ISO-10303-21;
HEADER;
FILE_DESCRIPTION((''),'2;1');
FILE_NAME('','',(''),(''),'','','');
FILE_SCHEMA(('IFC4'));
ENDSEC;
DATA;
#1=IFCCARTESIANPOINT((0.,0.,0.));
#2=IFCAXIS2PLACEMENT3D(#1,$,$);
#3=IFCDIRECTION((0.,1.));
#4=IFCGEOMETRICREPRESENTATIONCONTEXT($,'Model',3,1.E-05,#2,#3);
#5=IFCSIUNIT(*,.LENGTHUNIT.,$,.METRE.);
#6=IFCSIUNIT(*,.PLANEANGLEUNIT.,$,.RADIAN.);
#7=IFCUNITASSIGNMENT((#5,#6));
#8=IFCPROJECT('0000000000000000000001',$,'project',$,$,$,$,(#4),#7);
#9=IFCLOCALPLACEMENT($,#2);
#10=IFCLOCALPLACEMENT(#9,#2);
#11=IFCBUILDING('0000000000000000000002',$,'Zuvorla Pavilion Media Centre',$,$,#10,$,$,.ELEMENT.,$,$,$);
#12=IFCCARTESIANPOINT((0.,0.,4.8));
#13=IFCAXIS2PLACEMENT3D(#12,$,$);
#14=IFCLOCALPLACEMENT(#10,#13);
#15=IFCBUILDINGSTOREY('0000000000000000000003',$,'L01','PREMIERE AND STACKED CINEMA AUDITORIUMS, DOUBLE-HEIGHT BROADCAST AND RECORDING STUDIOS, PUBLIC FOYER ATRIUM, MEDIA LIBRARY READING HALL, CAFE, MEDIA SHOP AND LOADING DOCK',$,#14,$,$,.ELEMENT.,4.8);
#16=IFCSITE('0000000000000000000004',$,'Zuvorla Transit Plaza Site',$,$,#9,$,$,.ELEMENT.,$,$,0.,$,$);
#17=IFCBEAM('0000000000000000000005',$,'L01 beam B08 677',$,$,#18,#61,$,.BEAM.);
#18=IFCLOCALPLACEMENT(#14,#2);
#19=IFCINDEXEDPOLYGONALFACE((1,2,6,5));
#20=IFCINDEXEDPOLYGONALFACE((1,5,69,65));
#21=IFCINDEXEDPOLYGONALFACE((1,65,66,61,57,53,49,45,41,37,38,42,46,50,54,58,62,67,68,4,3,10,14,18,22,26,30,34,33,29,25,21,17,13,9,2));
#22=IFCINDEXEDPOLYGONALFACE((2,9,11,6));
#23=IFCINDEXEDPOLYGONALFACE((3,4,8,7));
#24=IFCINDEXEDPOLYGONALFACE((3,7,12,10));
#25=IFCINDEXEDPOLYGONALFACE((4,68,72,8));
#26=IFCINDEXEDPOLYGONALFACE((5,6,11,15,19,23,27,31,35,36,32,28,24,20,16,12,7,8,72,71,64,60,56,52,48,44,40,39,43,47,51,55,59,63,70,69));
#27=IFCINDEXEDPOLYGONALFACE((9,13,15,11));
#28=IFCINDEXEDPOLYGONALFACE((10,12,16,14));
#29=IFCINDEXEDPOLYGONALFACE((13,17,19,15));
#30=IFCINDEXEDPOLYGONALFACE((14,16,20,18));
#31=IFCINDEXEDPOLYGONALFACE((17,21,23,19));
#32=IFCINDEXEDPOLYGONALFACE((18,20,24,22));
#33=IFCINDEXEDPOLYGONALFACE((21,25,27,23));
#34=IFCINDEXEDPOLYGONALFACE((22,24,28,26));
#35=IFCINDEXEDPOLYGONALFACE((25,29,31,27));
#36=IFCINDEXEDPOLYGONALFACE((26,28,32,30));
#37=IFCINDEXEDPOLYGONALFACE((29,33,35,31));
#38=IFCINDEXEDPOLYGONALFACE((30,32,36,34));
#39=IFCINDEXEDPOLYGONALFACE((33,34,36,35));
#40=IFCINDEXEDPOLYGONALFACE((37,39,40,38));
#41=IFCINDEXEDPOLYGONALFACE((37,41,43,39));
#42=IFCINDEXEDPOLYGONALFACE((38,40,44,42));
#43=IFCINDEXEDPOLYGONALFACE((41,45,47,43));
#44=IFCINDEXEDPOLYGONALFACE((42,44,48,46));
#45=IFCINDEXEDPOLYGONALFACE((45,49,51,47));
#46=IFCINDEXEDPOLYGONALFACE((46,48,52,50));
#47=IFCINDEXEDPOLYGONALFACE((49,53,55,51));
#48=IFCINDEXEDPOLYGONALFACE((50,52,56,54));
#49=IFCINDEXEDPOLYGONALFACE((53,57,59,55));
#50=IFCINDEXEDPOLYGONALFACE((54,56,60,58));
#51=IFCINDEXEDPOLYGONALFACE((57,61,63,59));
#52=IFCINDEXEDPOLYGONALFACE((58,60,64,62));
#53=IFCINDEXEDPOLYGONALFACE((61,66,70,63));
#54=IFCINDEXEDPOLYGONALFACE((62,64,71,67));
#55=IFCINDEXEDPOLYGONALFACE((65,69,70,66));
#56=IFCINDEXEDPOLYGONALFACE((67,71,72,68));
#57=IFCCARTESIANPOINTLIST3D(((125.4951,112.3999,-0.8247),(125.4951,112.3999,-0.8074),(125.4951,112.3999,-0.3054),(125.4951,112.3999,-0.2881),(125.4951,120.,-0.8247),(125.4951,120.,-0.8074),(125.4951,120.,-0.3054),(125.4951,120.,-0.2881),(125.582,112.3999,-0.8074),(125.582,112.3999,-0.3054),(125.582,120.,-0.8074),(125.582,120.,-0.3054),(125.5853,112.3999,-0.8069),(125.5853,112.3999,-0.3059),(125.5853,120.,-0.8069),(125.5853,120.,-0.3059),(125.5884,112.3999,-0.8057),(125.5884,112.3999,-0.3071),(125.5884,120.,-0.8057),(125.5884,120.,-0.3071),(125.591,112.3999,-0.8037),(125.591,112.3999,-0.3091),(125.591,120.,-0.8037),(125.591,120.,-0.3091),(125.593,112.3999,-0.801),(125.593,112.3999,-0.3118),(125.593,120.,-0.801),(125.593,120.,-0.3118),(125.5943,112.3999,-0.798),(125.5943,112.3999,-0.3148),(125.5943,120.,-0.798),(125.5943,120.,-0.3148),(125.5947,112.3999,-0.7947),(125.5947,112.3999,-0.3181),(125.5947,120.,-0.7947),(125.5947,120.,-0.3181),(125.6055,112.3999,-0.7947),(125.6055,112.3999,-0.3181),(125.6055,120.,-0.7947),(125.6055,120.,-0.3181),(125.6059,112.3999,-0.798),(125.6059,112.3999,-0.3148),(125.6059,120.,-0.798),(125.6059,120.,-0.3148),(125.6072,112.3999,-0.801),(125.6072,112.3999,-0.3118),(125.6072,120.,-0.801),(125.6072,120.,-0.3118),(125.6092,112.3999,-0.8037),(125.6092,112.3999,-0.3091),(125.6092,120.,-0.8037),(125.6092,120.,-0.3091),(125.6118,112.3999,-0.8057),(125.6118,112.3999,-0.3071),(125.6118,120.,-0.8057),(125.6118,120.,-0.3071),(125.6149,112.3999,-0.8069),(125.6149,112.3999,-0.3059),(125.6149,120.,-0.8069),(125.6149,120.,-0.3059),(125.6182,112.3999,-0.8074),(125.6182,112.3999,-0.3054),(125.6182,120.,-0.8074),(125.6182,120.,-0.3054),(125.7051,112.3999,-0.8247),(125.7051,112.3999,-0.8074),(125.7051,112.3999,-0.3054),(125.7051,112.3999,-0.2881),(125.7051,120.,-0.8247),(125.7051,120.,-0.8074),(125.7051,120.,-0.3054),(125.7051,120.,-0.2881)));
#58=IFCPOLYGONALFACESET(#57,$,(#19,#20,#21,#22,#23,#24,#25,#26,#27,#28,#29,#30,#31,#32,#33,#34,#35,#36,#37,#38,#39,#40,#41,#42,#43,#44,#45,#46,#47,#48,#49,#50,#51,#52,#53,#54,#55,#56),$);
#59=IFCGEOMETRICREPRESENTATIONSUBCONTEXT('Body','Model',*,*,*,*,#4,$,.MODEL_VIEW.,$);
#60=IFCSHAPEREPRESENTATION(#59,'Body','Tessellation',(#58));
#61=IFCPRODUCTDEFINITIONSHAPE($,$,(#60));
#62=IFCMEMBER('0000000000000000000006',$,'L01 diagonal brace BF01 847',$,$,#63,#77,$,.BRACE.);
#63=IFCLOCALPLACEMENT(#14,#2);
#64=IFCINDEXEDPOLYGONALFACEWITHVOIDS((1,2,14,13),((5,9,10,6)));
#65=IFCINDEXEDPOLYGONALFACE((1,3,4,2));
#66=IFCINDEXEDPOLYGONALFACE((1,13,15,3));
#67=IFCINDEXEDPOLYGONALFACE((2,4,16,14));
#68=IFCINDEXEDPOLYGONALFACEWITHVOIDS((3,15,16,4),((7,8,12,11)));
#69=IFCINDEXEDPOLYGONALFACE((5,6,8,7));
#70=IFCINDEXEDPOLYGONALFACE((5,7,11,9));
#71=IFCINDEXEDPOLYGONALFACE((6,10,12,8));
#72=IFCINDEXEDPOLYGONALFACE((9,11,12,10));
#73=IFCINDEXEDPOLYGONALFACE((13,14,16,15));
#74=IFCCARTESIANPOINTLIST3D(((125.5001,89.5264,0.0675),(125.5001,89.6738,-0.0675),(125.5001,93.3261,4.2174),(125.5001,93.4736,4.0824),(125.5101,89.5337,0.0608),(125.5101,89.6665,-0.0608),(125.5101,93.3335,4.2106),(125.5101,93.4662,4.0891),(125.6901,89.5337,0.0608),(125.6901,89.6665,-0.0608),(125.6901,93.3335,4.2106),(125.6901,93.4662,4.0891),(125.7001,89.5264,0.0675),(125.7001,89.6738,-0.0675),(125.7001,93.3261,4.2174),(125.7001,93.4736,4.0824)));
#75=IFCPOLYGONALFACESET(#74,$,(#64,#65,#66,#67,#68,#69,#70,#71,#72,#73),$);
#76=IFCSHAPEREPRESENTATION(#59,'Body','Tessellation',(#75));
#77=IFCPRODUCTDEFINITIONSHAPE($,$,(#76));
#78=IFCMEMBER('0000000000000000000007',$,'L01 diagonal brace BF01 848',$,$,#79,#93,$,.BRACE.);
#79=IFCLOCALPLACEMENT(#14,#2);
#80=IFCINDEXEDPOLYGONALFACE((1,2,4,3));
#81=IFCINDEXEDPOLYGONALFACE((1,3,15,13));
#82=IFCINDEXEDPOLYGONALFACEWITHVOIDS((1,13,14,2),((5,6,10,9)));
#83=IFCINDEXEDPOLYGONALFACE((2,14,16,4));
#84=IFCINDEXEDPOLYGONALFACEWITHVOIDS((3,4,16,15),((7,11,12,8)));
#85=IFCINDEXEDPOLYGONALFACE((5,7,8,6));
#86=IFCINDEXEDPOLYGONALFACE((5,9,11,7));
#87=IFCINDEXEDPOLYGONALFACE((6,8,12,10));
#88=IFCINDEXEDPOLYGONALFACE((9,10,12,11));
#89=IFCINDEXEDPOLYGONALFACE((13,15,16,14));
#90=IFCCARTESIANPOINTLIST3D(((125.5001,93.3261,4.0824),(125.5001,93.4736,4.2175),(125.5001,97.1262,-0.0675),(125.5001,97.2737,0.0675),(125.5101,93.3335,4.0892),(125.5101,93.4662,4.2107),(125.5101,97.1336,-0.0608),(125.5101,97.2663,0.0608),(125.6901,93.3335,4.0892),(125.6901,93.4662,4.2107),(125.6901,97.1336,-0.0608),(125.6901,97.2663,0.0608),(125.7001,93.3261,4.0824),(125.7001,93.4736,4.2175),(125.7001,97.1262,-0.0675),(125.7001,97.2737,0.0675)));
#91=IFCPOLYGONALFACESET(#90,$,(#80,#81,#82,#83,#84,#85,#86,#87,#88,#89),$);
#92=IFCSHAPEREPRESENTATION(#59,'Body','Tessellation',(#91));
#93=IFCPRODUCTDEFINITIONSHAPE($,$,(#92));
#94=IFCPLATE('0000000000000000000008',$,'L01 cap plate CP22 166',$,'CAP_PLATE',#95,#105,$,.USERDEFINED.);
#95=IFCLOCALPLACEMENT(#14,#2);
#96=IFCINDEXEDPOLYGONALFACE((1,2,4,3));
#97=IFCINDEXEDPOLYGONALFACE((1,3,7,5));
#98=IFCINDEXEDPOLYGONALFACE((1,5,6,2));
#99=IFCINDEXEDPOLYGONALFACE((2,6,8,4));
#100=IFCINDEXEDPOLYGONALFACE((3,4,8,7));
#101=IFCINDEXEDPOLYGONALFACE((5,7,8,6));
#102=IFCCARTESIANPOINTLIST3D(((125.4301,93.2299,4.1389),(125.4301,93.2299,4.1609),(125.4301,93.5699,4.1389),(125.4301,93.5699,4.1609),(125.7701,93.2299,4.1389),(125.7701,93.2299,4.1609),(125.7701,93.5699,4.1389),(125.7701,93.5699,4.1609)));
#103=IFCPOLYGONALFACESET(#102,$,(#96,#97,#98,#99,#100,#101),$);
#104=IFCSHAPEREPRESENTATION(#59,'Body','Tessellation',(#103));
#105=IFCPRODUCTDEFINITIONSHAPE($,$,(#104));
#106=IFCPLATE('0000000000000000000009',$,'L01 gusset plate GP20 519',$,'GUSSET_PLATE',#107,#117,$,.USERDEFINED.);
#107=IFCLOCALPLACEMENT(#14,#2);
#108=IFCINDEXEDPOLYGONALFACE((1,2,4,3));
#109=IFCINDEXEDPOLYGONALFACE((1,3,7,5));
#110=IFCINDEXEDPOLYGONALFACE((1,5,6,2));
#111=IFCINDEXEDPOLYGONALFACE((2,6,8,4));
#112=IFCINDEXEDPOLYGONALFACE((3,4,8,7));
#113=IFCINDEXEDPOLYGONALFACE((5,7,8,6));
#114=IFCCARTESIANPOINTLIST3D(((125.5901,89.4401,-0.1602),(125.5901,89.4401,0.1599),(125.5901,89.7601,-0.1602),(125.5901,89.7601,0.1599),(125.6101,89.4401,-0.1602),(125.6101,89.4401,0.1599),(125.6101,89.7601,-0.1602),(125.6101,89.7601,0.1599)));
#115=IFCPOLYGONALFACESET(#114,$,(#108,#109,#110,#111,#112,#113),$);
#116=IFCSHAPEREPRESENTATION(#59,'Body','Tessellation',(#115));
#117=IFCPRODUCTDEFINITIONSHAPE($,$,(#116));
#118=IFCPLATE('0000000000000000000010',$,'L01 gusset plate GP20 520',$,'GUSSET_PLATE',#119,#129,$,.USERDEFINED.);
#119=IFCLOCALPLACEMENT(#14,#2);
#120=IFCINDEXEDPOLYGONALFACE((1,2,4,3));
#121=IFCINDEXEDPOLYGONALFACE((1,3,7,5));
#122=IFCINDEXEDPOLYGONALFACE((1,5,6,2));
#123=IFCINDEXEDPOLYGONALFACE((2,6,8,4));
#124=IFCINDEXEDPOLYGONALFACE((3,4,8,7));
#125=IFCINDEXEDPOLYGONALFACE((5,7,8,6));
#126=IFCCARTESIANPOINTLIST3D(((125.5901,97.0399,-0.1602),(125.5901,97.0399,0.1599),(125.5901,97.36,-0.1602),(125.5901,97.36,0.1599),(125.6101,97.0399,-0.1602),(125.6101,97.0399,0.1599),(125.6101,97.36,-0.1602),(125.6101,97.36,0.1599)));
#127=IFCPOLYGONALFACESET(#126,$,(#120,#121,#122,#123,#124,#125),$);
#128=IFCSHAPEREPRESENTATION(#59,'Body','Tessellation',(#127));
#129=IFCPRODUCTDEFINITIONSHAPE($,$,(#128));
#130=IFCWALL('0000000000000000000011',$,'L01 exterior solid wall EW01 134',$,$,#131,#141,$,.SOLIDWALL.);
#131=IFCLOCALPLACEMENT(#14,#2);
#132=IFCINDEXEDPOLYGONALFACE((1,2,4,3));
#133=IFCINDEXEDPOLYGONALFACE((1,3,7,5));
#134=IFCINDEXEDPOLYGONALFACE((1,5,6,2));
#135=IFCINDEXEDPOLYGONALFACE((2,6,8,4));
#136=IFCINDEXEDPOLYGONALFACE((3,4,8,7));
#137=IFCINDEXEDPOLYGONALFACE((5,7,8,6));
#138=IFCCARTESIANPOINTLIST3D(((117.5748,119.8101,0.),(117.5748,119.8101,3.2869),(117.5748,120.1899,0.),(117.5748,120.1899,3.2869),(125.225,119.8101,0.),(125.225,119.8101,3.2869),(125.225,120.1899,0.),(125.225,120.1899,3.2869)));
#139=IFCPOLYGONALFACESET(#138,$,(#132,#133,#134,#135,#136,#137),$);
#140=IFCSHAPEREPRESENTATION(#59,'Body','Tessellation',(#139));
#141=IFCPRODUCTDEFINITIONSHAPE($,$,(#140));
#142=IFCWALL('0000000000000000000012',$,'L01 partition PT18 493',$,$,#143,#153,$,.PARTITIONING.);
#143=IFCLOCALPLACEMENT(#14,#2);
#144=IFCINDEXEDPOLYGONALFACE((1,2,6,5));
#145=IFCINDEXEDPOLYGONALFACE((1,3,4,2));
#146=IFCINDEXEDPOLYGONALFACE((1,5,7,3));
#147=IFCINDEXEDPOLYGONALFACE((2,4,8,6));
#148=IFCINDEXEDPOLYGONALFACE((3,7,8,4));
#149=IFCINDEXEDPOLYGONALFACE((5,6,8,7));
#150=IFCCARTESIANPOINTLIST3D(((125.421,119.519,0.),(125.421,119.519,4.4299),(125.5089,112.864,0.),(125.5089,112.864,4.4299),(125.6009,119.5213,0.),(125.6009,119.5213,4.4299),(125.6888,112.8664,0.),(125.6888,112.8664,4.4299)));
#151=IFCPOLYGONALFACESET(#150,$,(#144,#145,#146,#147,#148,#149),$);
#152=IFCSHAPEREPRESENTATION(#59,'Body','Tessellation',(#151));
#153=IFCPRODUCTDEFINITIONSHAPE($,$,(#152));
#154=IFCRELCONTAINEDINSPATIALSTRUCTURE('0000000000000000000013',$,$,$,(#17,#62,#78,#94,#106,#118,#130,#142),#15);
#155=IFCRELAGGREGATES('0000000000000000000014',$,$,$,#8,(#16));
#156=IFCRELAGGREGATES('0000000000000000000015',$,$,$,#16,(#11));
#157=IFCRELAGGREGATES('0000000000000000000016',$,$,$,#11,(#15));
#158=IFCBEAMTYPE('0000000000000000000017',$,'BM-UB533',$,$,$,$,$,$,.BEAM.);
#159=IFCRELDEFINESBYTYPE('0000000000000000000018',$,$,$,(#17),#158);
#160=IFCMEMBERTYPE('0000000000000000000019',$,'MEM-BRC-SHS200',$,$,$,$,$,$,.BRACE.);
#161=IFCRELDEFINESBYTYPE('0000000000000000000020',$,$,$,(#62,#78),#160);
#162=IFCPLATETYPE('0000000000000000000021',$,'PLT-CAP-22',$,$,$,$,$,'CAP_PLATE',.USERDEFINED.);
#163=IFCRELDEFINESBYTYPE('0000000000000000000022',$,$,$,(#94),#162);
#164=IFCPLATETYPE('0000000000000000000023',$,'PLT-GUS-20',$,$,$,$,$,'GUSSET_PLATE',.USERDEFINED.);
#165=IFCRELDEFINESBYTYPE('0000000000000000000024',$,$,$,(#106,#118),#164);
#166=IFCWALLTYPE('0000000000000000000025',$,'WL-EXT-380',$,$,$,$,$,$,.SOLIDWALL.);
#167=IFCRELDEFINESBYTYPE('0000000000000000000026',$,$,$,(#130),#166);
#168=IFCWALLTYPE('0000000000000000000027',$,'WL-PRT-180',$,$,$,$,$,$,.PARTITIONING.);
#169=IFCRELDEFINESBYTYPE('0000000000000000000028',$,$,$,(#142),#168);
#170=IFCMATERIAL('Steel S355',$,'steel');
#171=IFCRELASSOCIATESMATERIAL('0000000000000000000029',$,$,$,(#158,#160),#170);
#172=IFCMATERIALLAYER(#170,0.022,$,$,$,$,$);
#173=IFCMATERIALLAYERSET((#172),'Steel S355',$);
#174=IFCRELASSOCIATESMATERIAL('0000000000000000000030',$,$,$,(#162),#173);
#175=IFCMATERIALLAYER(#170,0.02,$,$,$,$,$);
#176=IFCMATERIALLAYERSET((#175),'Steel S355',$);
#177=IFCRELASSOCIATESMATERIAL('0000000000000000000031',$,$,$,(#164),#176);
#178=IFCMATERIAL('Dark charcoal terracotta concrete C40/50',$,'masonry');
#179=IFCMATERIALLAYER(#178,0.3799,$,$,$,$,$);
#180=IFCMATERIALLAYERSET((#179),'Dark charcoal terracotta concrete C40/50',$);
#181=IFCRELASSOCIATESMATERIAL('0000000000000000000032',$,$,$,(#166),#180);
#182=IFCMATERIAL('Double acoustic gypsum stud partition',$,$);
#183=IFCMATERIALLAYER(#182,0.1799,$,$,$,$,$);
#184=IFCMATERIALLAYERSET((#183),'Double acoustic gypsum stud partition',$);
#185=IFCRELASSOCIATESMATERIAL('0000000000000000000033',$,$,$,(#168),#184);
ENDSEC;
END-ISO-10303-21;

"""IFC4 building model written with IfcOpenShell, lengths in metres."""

from ifc_helpers import new_model, si_unit, direction, frame, frame_2d, origin, origin_2d, place, context, subcontext, project, spatial, rectangle, hollow_rectangle, i_section, extrude, material, layer, layer_set, material_profile, profile_set, type_object, element, save


model = new_model("IFC4")

# Units and contexts
model_context = context("Model", 3, precision=1e-05, world=origin(), true_north=direction((0.0, 1.0)))
body_context = subcontext(model_context, "Body", "Model", "MODEL_VIEW")
ifc_project = project(units=[si_unit("LENGTHUNIT", "METRE"), si_unit("PLANEANGLEUNIT", "RADIAN")], contexts=[model_context])

# Site, building, storey
site_placement = place(None, origin())
site = spatial("IfcSite", under=ifc_project, at=site_placement, Name="Zuvorla Transit Plaza Site", CompositionType="ELEMENT", RefElevation=0.0)
building_placement = place(site_placement, origin())
building = spatial("IfcBuilding", under=site, at=building_placement, Name="Zuvorla Pavilion Media Centre", CompositionType="ELEMENT")
storey_placement = place(building_placement, frame((0.0, 0.0, 4.8)))
storey = spatial("IfcBuildingStorey", under=building, at=storey_placement, Name="L01", Description="PREMIERE AND STACKED CINEMA AUDITORIUMS, DOUBLE-HEIGHT BROADCAST AND RECORDING STUDIOS, PUBLIC FOYER ATRIUM, MEDIA LIBRARY READING HALL, CAFE, MEDIA SHOP AND LOADING DOCK", CompositionType="ELEMENT", Elevation=4.8)

# Beam
ifc_material_1 = material(Name="Steel S355", Category="steel")
ifc_material_profile_1 = material_profile(ifc_material_1, i_section(OverallWidth=0.21, OverallDepth=0.5366, WebThickness=0.0107, FlangeThickness=0.0173, FilletRadius=0.0127, at=origin_2d()), Name="UB 533x210x101")
ifc_profile_set_1 = profile_set([ifc_material_profile_1], Name="Steel S355")
beam_type_1 = type_object("IfcBeamType", Name="BM-UB533", PredefinedType="BEAM", material=ifc_profile_set_1)
beam_1_placement = place(storey_placement, frame((125.6001, 112.3999, -0.5564), z_axis=(0.0, 1.0, 0.0), x_axis=(-1.0, 0.0, 0.0)))
element("IfcBeam", 1, at=beam_1_placement, inside=storey, type_object=beam_type_1, Name="L01 beam B08 677", PredefinedType="BEAM", context=body_context, shape_type="SweptSolid", body=[
    extrude(i_section(OverallWidth=0.21, OverallDepth=0.5366, WebThickness=0.0107, FlangeThickness=0.0173, FilletRadius=0.0127, at=origin_2d()), origin(), (0.0, 0.0, 1.0), 7.6001),
])

# Members
ifc_material_profile_2 = material_profile(ifc_material_1, hollow_rectangle(XDim=0.2, YDim=0.2, WallThickness=0.01, at=origin_2d()), Name="SHS 200x200x10")
ifc_profile_set_2 = profile_set([ifc_material_profile_2], Name="Steel S355")
member_type = type_object("IfcMemberType", Name="MEM-BRC-SHS200", PredefinedType="BRACE", material=ifc_profile_set_2)
member_1_placement = place(storey_placement, frame((125.6001, 89.6001, 0.0), z_axis=(0.0, 0.675312, 0.737532), x_axis=(-1.0, 0.0, 0.0)))
element("IfcMember", 2, at=member_1_placement, inside=storey, type_object=member_type, Name="L01 diagonal brace BF01 847", PredefinedType="BRACE", context=body_context, shape_type="SweptSolid", body=[
    extrude(hollow_rectangle(XDim=0.2, YDim=0.2, WallThickness=0.01, at=origin_2d()), origin(), (0.0, 0.0, 1.0), 5.6267),
])
member_2_placement = place(storey_placement, frame((125.6001, 97.2, 0.0), z_axis=(0.0, -0.675336, 0.737511), x_axis=(1.0, 0.0, 0.0)))
element("IfcMember", 3, at=member_2_placement, inside=storey, type_object=member_type, Name="L01 diagonal brace BF01 848", PredefinedType="BRACE", context=body_context, shape_type="SweptSolid", body=[
    extrude(hollow_rectangle(XDim=0.2, YDim=0.2, WallThickness=0.01, at=origin_2d()), origin(), (0.0, 0.0, 1.0), 5.627),
])

# Plates
ifc_layer_1 = layer(ifc_material_1, 0.022)
ifc_layer_set_1 = layer_set([ifc_layer_1], Name="Steel S355")
plate_type_1 = type_object("IfcPlateType", Name="PLT-CAP-22", ElementType="CAP_PLATE", PredefinedType="USERDEFINED", material=ifc_layer_set_1)
plate_placement = place(storey_placement, frame((125.6001, 93.3999, 4.1389), z_axis=(0.0, 0.0, 1.0), x_axis=(1.0, 0.0, 0.0)))
element("IfcPlate", 4, at=plate_placement, inside=storey, type_object=plate_type_1, Name="L01 cap plate CP22 166", ObjectType="CAP_PLATE", PredefinedType="USERDEFINED", context=body_context, shape_type="SweptSolid", body=[
    extrude(rectangle(XDim=0.3401, YDim=0.3401, at=origin_2d()), origin(), (0.0, 0.0, 1.0), 0.022),
])
ifc_layer_2 = layer(ifc_material_1, 0.02)
ifc_layer_set_2 = layer_set([ifc_layer_2], Name="Steel S355")
plate_type_2 = type_object("IfcPlateType", Name="PLT-GUS-20", ElementType="GUSSET_PLATE", PredefinedType="USERDEFINED", material=ifc_layer_set_2)
for number, where, z_axis, x_axis, name in (
    (5, (125.6001, 89.6001, -0.1602), (0.0, 0.0, 1.0), (1.0, 0.0, 0.0), "L01 gusset plate GP20 519"),
    (6, (125.6001, 97.2, -0.1602), (0.0, 0.0, 1.0), (1.0, 0.0, 0.0), "L01 gusset plate GP20 520"),
):
    element("IfcPlate", number, at=place(storey_placement, frame(where, z_axis=z_axis, x_axis=x_axis)), inside=storey, type_object=plate_type_2, Name=name, ObjectType="GUSSET_PLATE", PredefinedType="USERDEFINED", context=body_context, shape_type="SweptSolid", body=[
        extrude(rectangle(XDim=0.02, YDim=0.3201, at=origin_2d()), origin(), (0.0, 0.0, 1.0), 0.3201),
    ])

# Walls
ifc_material_2 = material(Name="Dark charcoal terracotta concrete C40/50", Category="masonry")
ifc_layer_3 = layer(ifc_material_2, 0.3799)
ifc_layer_set_3 = layer_set([ifc_layer_3], Name="Dark charcoal terracotta concrete C40/50")
wall_type_1 = type_object("IfcWallType", Name="WL-EXT-380", PredefinedType="SOLIDWALL", material=ifc_layer_set_3)
wall_1_placement = place(storey_placement, frame((125.2251, 120.0, 0.0), z_axis=(0.0, 0.0, 1.0), x_axis=(-1.0, 0.0, 0.0)))
element("IfcWall", 7, at=wall_1_placement, inside=storey, type_object=wall_type_1, Name="L01 exterior solid wall EW01 134", PredefinedType="SOLIDWALL", context=body_context, shape_type="SweptSolid", body=[
    extrude(rectangle(XDim=7.6501, YDim=0.3799, at=frame_2d((3.8252, 0.0))), origin(), (0.0, 0.0, 1.0), 3.2869),
])
ifc_material_3 = material(Name="Double acoustic gypsum stud partition")
ifc_layer_4 = layer(ifc_material_3, 0.1799)
ifc_layer_set_4 = layer_set([ifc_layer_4], Name="Double acoustic gypsum stud partition")
wall_type_2 = type_object("IfcWallType", Name="WL-PRT-180", PredefinedType="PARTITIONING", material=ifc_layer_set_4)
wall_2_placement = place(storey_placement, frame((125.511, 119.52, 0.0), z_axis=(0.0, 0.0, 1.0), x_axis=(0.013205, -0.999913, 0.0)))
element("IfcWall", 8, at=wall_2_placement, inside=storey, type_object=wall_type_2, Name="L01 partition PT18 493", PredefinedType="PARTITIONING", context=body_context, shape_type="SweptSolid", body=[
    extrude(rectangle(XDim=6.6555, YDim=0.1799, at=frame_2d((3.3276, 0.0))), origin(), (0.0, 0.0, 1.0), 4.4299),
])

save(model, "model.ifc")
